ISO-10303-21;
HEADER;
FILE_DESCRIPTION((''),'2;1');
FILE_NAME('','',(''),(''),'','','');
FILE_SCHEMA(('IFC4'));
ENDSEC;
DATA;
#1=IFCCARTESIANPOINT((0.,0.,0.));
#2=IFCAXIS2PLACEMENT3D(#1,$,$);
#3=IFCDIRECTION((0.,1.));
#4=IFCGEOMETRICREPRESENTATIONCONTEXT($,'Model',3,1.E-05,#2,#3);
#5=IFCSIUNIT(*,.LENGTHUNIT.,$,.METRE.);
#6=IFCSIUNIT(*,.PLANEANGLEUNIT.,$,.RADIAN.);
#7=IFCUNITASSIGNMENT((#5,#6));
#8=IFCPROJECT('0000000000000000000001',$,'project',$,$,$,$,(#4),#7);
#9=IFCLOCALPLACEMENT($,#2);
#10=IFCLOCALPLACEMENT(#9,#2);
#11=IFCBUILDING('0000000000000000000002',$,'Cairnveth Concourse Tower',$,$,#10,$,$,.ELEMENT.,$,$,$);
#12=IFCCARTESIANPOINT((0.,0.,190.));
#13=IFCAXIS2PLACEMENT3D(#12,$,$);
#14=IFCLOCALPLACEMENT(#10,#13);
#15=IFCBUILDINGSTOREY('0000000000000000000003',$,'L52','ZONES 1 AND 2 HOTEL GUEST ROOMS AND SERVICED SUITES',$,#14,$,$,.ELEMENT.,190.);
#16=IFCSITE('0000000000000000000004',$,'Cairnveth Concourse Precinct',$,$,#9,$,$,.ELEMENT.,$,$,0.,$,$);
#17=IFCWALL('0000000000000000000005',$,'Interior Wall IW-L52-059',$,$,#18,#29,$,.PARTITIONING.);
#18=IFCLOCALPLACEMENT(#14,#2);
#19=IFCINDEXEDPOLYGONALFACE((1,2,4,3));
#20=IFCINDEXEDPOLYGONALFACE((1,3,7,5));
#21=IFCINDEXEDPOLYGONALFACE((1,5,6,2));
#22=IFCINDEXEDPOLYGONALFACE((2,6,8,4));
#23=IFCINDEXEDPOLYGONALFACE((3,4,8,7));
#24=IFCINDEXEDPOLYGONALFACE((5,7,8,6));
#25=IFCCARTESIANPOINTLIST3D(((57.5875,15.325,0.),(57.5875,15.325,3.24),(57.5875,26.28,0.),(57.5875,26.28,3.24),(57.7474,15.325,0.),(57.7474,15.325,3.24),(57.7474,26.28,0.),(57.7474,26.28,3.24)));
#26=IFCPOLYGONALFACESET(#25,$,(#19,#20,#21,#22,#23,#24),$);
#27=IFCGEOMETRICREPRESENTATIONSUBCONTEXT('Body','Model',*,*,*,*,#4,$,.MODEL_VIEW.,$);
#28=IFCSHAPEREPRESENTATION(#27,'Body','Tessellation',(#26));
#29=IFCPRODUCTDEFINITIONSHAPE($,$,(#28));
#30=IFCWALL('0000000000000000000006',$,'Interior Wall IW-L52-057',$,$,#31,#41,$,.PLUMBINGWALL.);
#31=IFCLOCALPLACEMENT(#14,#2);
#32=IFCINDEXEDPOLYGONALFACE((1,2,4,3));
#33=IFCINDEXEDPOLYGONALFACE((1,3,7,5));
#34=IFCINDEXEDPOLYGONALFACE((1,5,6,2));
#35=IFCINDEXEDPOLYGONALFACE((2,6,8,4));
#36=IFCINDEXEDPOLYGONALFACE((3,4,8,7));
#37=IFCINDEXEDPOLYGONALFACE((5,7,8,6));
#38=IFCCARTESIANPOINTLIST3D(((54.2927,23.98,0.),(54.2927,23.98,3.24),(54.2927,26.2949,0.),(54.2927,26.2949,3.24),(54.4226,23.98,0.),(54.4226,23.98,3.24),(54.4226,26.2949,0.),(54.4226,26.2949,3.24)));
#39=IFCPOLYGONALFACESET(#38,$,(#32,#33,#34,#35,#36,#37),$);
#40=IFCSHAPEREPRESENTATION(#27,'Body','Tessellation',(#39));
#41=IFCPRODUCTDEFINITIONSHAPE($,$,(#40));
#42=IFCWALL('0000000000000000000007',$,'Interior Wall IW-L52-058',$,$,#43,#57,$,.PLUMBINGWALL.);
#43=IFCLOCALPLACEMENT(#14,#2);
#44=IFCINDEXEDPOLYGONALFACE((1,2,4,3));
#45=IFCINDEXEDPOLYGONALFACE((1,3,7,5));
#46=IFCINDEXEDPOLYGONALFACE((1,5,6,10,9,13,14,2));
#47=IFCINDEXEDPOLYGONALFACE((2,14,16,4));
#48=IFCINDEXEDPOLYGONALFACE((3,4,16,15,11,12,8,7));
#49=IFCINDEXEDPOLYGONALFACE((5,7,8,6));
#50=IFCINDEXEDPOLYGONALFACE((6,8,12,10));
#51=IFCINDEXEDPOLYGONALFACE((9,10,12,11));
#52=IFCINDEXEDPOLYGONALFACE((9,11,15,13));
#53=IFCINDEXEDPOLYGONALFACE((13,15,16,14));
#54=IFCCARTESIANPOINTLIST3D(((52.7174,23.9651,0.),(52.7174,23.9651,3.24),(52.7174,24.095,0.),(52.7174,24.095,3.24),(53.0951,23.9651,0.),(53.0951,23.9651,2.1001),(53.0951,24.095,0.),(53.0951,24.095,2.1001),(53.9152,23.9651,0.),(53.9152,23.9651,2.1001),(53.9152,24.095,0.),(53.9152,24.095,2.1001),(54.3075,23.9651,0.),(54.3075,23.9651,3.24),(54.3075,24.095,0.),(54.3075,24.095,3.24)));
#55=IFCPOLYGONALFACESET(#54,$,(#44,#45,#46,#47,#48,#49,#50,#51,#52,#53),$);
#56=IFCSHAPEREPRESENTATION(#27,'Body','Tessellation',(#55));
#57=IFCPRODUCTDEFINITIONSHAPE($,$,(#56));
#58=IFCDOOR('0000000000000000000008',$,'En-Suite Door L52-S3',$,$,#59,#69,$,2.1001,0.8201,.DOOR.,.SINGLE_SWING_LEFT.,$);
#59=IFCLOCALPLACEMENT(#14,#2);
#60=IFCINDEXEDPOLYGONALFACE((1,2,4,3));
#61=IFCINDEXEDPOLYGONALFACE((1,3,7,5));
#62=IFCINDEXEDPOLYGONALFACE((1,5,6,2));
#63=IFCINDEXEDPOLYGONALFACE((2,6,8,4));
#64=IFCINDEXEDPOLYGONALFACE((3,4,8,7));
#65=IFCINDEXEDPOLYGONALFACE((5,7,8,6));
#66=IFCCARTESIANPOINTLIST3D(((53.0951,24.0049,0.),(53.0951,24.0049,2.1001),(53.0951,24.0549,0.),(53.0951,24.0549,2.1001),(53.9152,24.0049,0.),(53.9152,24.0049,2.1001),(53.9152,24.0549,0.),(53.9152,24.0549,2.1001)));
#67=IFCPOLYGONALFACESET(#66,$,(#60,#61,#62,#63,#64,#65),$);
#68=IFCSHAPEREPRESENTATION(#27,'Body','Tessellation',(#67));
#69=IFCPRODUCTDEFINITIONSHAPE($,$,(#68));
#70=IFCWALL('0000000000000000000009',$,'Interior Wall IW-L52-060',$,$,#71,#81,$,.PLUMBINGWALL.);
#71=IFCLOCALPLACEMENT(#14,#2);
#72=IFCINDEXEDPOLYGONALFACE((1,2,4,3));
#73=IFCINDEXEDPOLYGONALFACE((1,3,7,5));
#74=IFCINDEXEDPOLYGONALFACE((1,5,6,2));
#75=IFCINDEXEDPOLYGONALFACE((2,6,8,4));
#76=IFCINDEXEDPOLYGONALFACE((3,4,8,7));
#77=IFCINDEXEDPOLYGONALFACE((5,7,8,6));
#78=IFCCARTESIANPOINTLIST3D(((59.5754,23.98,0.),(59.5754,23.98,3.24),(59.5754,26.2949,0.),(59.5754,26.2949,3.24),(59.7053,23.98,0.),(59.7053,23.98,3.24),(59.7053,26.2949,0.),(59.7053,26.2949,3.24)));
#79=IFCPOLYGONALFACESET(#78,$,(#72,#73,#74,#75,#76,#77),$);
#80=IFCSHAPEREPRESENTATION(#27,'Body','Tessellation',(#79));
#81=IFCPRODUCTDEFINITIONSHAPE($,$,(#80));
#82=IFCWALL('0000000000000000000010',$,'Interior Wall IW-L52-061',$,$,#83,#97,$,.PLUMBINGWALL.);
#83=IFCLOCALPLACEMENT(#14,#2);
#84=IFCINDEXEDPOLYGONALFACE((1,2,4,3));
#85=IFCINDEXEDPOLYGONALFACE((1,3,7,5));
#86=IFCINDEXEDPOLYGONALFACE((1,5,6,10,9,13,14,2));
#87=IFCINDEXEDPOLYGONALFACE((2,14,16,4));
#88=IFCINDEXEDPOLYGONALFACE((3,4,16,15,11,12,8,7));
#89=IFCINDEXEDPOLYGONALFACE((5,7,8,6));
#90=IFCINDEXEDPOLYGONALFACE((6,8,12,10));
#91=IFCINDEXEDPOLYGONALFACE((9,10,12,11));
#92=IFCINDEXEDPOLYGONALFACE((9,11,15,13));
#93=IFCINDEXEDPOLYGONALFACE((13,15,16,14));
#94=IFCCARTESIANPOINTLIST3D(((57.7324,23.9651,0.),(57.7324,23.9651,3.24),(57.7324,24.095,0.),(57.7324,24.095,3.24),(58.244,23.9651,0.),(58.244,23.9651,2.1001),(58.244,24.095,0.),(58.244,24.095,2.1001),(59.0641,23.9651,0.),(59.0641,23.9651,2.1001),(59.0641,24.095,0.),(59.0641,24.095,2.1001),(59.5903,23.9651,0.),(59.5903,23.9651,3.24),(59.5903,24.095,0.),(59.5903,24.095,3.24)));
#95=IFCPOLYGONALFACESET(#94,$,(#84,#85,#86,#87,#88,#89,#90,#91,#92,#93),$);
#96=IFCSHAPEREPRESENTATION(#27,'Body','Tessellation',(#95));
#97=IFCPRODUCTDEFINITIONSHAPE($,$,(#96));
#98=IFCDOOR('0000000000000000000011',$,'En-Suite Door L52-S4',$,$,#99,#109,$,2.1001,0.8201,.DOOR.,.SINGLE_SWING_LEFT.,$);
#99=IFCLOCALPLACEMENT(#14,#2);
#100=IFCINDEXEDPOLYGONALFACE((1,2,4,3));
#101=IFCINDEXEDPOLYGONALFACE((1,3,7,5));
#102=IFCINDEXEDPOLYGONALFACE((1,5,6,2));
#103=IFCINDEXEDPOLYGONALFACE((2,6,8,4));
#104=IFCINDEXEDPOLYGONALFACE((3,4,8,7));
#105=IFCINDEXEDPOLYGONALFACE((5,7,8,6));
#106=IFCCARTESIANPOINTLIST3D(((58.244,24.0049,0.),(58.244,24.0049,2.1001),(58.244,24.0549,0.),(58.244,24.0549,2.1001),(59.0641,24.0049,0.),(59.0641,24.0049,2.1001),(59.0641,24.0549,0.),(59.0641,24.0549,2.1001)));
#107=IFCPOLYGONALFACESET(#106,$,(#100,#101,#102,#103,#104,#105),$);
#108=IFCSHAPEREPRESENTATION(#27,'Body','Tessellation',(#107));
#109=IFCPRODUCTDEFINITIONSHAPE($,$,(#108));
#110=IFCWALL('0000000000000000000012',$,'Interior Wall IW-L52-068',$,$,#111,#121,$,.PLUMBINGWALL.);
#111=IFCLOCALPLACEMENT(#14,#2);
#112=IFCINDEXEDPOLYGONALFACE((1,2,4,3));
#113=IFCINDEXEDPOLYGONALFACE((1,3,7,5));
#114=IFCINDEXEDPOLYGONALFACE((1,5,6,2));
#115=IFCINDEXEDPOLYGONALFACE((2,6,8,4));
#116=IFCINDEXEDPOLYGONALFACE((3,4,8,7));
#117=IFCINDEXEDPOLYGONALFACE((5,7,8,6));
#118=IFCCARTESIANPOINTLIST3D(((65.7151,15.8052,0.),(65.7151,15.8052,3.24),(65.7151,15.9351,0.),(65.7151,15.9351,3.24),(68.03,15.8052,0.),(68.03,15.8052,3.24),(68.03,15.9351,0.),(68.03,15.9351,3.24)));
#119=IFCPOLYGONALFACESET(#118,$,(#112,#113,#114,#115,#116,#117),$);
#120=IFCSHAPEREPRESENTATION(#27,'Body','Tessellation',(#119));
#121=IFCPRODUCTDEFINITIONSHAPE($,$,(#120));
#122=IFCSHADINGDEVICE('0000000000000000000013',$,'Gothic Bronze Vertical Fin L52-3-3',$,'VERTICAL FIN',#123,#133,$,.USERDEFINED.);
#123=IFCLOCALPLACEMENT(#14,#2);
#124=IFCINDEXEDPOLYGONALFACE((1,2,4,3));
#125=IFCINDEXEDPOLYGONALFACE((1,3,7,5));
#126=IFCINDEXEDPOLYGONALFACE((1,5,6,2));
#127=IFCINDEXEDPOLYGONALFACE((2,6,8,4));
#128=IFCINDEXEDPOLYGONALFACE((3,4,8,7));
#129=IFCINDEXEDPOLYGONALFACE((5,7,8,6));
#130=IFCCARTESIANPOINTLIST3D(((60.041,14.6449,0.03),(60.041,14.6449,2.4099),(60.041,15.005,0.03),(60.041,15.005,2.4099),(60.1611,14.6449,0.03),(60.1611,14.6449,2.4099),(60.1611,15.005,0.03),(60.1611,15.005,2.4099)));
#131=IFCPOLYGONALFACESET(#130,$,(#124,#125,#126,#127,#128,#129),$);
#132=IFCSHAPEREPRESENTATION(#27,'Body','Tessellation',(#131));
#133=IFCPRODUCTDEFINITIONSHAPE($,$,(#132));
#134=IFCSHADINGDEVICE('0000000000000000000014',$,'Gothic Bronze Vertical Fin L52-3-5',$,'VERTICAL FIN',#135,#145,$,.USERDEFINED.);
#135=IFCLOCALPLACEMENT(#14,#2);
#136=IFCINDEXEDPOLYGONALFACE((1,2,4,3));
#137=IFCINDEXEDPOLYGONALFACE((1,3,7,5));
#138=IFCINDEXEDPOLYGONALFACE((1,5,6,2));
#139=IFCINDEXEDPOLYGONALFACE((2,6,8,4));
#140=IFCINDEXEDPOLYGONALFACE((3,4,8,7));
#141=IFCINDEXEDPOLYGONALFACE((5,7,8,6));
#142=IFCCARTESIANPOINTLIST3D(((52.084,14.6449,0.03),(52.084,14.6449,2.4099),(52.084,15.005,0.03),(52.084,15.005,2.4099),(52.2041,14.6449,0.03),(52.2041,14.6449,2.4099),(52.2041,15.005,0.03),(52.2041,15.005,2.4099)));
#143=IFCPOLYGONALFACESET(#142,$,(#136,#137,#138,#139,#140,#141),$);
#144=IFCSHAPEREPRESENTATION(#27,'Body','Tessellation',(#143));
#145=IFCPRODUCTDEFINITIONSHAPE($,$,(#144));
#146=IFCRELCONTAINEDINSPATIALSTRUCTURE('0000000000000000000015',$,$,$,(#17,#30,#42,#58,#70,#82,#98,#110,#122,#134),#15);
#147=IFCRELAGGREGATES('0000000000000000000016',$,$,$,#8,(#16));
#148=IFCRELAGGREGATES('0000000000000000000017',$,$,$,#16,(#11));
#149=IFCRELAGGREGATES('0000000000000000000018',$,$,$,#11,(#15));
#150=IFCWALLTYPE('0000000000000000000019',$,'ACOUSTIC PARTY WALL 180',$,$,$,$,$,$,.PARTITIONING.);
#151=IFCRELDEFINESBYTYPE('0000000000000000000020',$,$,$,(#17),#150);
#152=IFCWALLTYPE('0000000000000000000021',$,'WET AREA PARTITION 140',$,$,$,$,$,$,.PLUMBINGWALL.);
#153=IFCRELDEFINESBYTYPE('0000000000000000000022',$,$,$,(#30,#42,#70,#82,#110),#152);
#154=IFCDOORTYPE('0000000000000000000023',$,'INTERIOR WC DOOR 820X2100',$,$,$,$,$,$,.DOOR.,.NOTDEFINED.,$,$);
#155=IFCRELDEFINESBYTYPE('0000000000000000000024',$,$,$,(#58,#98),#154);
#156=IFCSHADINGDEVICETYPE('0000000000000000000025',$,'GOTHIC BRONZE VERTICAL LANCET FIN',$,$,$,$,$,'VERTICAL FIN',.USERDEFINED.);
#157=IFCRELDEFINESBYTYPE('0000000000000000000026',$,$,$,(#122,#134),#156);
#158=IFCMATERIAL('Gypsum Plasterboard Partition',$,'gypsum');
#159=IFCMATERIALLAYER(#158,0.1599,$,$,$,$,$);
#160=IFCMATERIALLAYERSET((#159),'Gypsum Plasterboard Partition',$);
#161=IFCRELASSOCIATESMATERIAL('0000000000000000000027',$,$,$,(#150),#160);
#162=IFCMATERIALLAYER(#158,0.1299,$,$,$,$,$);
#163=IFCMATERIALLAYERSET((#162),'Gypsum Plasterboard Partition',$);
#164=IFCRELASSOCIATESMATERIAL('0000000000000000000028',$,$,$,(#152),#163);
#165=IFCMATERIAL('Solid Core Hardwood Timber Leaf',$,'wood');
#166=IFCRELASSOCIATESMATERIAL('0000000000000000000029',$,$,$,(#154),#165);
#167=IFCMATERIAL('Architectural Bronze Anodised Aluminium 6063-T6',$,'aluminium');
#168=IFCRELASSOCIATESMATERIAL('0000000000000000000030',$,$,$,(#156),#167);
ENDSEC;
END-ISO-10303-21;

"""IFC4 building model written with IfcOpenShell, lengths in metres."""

from ifc_helpers import new_model, si_unit, direction, frame, frame_2d, origin, origin_2d, place, context, subcontext, project, spatial, rectangle, extrude, material, layer, layer_set, type_object, element, fill, save


model = new_model("IFC4")

# Units and contexts
model_context = context("Model", 3, precision=1e-05, world=origin(), true_north=direction((0.0, 1.0)))
body_context = subcontext(model_context, "Body", "Model", "MODEL_VIEW")
ifc_project = project(units=[si_unit("LENGTHUNIT", "METRE"), si_unit("PLANEANGLEUNIT", "RADIAN")], contexts=[model_context])

# Site, building, storey
site_placement = place(None, origin())
site = spatial("IfcSite", under=ifc_project, at=site_placement, Name="Cairnveth Concourse Precinct", CompositionType="ELEMENT", RefElevation=0.0)
building_placement = place(site_placement, origin())
building = spatial("IfcBuilding", under=site, at=building_placement, Name="Cairnveth Concourse Tower", CompositionType="ELEMENT")
storey_placement = place(building_placement, frame((0.0, 0.0, 190.0)))
storey = spatial("IfcBuildingStorey", under=building, at=storey_placement, Name="L52", Description="ZONES 1 AND 2 HOTEL GUEST ROOMS AND SERVICED SUITES", CompositionType="ELEMENT", Elevation=190.0)

# Shared definitions
ifc_material_1 = material(Name="Gypsum Plasterboard Partition", Category="gypsum")
ifc_layer_1 = layer(ifc_material_1, 0.1599)
ifc_layer_set_1 = layer_set([ifc_layer_1], Name="Gypsum Plasterboard Partition")
wall_type_1 = type_object("IfcWallType", Name="ACOUSTIC PARTY WALL 180", PredefinedType="PARTITIONING", material=ifc_layer_set_1)
ifc_material_2 = material(Name="Solid Core Hardwood Timber Leaf", Category="wood")

# Walls
wall_1_placement = place(storey_placement, frame((57.6675, 15.325, 0.0), z_axis=(0.0, 0.0, 1.0), x_axis=(0.0, 1.0, 0.0)))
element("IfcWall", 1, at=wall_1_placement, inside=storey, type_object=wall_type_1, Name="Interior Wall IW-L52-059", PredefinedType="PARTITIONING", context=body_context, shape_type="SweptSolid", body=[
    extrude(rectangle(XDim=10.9551, YDim=0.1599, at=frame_2d((5.4775, 0.0))), origin(), (0.0, 0.0, 1.0), 3.24),
])
ifc_layer_2 = layer(ifc_material_1, 0.1299)
ifc_layer_set_2 = layer_set([ifc_layer_2], Name="Gypsum Plasterboard Partition")
wall_type_2 = type_object("IfcWallType", Name="WET AREA PARTITION 140", PredefinedType="PLUMBINGWALL", material=ifc_layer_set_2)
wall_2_placement = place(storey_placement, frame((54.3577, 23.98, 0.0), z_axis=(0.0, 0.0, 1.0), x_axis=(0.0, 1.0, 0.0)))
element("IfcWall", 2, at=wall_2_placement, inside=storey, type_object=wall_type_2, Name="Interior Wall IW-L52-057", PredefinedType="PLUMBINGWALL", context=body_context, shape_type="SweptSolid", body=[
    extrude(rectangle(XDim=2.3149, YDim=0.1299, at=frame_2d((1.1575, 0.0))), origin(), (0.0, 0.0, 1.0), 3.24),
])

# Wall, opening, door
wall_3_placement = place(storey_placement, frame((52.7175, 24.03, 0.0), z_axis=(0.0, 0.0, 1.0), x_axis=(1.0, 0.0, 0.0)))
wall_3 = element("IfcWall", 3, at=wall_3_placement, inside=storey, type_object=wall_type_2, Name="Interior Wall IW-L52-058", PredefinedType="PLUMBINGWALL", context=body_context, shape_type="SweptSolid", body=[
    extrude(rectangle(XDim=1.5901, YDim=0.1299, at=frame_2d((0.7949, 0.0))), origin(), (0.0, 0.0, 1.0), 3.24),
])
opening_1_placement = place(wall_3_placement, frame((0.3774, 0.0, 0.0)))
opening_1 = element("IfcOpeningElement", 4, at=opening_1_placement, cuts=wall_3, PredefinedType="OPENING", context=body_context, shape_type="SweptSolid", body=[
    extrude(rectangle(XDim=0.8201, YDim=2.1001, at=frame_2d((0.4102, 1.05))), frame((0.0, 0.075, 0.0), z_axis=(0.0, -1.0, 0.0), x_axis=(1.0, 0.0, 0.0)), (0.0, 0.0, 1.0), 0.1499),
])
door_type_1 = type_object("IfcDoorType", Name="INTERIOR WC DOOR 820X2100", OperationType="NOTDEFINED", PredefinedType="DOOR", material=ifc_material_2)
door_1_placement = place(opening_1_placement, origin())
door_1 = element("IfcDoor", 5, at=door_1_placement, inside=storey, type_object=door_type_1, Name="En-Suite Door L52-S3", OperationType="SINGLE_SWING_LEFT", OverallHeight=2.1001, OverallWidth=0.8201, PredefinedType="DOOR", context=body_context, shape_type="SweptSolid", body=[
    extrude(rectangle(XDim=0.8201, YDim=2.1001, at=frame_2d((0.4102, 1.05))), frame((0.0, 0.0249, 0.0), z_axis=(0.0, -1.0, 0.0), x_axis=(1.0, 0.0, 0.0)), (0.0, 0.0, 1.0), 0.05),
])
fill(opening_1, door_1)

# Wall
wall_4_placement = place(storey_placement, frame((59.6404, 23.98, 0.0), z_axis=(0.0, 0.0, 1.0), x_axis=(0.0, 1.0, 0.0)))
element("IfcWall", 6, at=wall_4_placement, inside=storey, type_object=wall_type_2, Name="Interior Wall IW-L52-060", PredefinedType="PLUMBINGWALL", context=body_context, shape_type="SweptSolid", body=[
    extrude(rectangle(XDim=2.3149, YDim=0.1299, at=frame_2d((1.1575, 0.0))), origin(), (0.0, 0.0, 1.0), 3.24),
])

# Wall, opening, door
wall_5_placement = place(storey_placement, frame((57.7324, 24.03, 0.0), z_axis=(0.0, 0.0, 1.0), x_axis=(1.0, 0.0, 0.0)))
wall_5 = element("IfcWall", 7, at=wall_5_placement, inside=storey, type_object=wall_type_2, Name="Interior Wall IW-L52-061", PredefinedType="PLUMBINGWALL", context=body_context, shape_type="SweptSolid", body=[
    extrude(rectangle(XDim=1.8579, YDim=0.1299, at=frame_2d((0.929, 0.0))), origin(), (0.0, 0.0, 1.0), 3.24),
])
opening_2_placement = place(wall_5_placement, frame((0.5115, 0.0, 0.0)))
opening_2 = element("IfcOpeningElement", 8, at=opening_2_placement, cuts=wall_5, PredefinedType="OPENING", context=body_context, shape_type="SweptSolid", body=[
    extrude(rectangle(XDim=0.8201, YDim=2.1001, at=frame_2d((0.4102, 1.05))), frame((0.0, 0.075, 0.0), z_axis=(0.0, -1.0, 0.0), x_axis=(1.0, 0.0, 0.0)), (0.0, 0.0, 1.0), 0.1499),
])
door_2_placement = place(opening_2_placement, origin())
door_2 = element("IfcDoor", 9, at=door_2_placement, inside=storey, type_object=door_type_1, Name="En-Suite Door L52-S4", OperationType="SINGLE_SWING_LEFT", OverallHeight=2.1001, OverallWidth=0.8201, PredefinedType="DOOR", context=body_context, shape_type="SweptSolid", body=[
    extrude(rectangle(XDim=0.8201, YDim=2.1001, at=frame_2d((0.4102, 1.05))), frame((0.0, 0.0249, 0.0), z_axis=(0.0, -1.0, 0.0), x_axis=(1.0, 0.0, 0.0)), (0.0, 0.0, 1.0), 0.05),
])
fill(opening_2, door_2)

# Wall
wall_6_placement = place(storey_placement, frame((65.7151, 15.8701, 0.0), z_axis=(0.0, 0.0, 1.0), x_axis=(1.0, 0.0, 0.0)))
element("IfcWall", 10, at=wall_6_placement, inside=storey, type_object=wall_type_2, Name="Interior Wall IW-L52-068", PredefinedType="PLUMBINGWALL", context=body_context, shape_type="SweptSolid", body=[
    extrude(rectangle(XDim=2.3149, YDim=0.1299, at=frame_2d((1.1575, 0.0))), origin(), (0.0, 0.0, 1.0), 3.24),
])

# Shading devices
ifc_material_3 = material(Name="Architectural Bronze Anodised Aluminium 6063-T6", Category="aluminium")
shading_device_type = type_object("IfcShadingDeviceType", Name="GOTHIC BRONZE VERTICAL LANCET FIN", ElementType="VERTICAL FIN", PredefinedType="USERDEFINED", material=ifc_material_3)
for number, where, z_axis, x_axis, name in (
    (11, (60.1011, 14.825, 0.03), (0.0, 0.0, 1.0), (1.0, 0.0, 0.0), "Gothic Bronze Vertical Fin L52-3-3"),
    (12, (52.144, 14.825, 0.03), (0.0, 0.0, 1.0), (1.0, 0.0, 0.0), "Gothic Bronze Vertical Fin L52-3-5"),
):
    element("IfcShadingDevice", number, at=place(storey_placement, frame(where, z_axis=z_axis, x_axis=x_axis)), inside=storey, type_object=shading_device_type, Name=name, ObjectType="VERTICAL FIN", PredefinedType="USERDEFINED", context=body_context, shape_type="SweptSolid", body=[
        extrude(rectangle(XDim=0.1201, YDim=0.3601, at=origin_2d()), origin(), (0.0, 0.0, 1.0), 2.3799),
    ])

save(model, "model.ifc")
